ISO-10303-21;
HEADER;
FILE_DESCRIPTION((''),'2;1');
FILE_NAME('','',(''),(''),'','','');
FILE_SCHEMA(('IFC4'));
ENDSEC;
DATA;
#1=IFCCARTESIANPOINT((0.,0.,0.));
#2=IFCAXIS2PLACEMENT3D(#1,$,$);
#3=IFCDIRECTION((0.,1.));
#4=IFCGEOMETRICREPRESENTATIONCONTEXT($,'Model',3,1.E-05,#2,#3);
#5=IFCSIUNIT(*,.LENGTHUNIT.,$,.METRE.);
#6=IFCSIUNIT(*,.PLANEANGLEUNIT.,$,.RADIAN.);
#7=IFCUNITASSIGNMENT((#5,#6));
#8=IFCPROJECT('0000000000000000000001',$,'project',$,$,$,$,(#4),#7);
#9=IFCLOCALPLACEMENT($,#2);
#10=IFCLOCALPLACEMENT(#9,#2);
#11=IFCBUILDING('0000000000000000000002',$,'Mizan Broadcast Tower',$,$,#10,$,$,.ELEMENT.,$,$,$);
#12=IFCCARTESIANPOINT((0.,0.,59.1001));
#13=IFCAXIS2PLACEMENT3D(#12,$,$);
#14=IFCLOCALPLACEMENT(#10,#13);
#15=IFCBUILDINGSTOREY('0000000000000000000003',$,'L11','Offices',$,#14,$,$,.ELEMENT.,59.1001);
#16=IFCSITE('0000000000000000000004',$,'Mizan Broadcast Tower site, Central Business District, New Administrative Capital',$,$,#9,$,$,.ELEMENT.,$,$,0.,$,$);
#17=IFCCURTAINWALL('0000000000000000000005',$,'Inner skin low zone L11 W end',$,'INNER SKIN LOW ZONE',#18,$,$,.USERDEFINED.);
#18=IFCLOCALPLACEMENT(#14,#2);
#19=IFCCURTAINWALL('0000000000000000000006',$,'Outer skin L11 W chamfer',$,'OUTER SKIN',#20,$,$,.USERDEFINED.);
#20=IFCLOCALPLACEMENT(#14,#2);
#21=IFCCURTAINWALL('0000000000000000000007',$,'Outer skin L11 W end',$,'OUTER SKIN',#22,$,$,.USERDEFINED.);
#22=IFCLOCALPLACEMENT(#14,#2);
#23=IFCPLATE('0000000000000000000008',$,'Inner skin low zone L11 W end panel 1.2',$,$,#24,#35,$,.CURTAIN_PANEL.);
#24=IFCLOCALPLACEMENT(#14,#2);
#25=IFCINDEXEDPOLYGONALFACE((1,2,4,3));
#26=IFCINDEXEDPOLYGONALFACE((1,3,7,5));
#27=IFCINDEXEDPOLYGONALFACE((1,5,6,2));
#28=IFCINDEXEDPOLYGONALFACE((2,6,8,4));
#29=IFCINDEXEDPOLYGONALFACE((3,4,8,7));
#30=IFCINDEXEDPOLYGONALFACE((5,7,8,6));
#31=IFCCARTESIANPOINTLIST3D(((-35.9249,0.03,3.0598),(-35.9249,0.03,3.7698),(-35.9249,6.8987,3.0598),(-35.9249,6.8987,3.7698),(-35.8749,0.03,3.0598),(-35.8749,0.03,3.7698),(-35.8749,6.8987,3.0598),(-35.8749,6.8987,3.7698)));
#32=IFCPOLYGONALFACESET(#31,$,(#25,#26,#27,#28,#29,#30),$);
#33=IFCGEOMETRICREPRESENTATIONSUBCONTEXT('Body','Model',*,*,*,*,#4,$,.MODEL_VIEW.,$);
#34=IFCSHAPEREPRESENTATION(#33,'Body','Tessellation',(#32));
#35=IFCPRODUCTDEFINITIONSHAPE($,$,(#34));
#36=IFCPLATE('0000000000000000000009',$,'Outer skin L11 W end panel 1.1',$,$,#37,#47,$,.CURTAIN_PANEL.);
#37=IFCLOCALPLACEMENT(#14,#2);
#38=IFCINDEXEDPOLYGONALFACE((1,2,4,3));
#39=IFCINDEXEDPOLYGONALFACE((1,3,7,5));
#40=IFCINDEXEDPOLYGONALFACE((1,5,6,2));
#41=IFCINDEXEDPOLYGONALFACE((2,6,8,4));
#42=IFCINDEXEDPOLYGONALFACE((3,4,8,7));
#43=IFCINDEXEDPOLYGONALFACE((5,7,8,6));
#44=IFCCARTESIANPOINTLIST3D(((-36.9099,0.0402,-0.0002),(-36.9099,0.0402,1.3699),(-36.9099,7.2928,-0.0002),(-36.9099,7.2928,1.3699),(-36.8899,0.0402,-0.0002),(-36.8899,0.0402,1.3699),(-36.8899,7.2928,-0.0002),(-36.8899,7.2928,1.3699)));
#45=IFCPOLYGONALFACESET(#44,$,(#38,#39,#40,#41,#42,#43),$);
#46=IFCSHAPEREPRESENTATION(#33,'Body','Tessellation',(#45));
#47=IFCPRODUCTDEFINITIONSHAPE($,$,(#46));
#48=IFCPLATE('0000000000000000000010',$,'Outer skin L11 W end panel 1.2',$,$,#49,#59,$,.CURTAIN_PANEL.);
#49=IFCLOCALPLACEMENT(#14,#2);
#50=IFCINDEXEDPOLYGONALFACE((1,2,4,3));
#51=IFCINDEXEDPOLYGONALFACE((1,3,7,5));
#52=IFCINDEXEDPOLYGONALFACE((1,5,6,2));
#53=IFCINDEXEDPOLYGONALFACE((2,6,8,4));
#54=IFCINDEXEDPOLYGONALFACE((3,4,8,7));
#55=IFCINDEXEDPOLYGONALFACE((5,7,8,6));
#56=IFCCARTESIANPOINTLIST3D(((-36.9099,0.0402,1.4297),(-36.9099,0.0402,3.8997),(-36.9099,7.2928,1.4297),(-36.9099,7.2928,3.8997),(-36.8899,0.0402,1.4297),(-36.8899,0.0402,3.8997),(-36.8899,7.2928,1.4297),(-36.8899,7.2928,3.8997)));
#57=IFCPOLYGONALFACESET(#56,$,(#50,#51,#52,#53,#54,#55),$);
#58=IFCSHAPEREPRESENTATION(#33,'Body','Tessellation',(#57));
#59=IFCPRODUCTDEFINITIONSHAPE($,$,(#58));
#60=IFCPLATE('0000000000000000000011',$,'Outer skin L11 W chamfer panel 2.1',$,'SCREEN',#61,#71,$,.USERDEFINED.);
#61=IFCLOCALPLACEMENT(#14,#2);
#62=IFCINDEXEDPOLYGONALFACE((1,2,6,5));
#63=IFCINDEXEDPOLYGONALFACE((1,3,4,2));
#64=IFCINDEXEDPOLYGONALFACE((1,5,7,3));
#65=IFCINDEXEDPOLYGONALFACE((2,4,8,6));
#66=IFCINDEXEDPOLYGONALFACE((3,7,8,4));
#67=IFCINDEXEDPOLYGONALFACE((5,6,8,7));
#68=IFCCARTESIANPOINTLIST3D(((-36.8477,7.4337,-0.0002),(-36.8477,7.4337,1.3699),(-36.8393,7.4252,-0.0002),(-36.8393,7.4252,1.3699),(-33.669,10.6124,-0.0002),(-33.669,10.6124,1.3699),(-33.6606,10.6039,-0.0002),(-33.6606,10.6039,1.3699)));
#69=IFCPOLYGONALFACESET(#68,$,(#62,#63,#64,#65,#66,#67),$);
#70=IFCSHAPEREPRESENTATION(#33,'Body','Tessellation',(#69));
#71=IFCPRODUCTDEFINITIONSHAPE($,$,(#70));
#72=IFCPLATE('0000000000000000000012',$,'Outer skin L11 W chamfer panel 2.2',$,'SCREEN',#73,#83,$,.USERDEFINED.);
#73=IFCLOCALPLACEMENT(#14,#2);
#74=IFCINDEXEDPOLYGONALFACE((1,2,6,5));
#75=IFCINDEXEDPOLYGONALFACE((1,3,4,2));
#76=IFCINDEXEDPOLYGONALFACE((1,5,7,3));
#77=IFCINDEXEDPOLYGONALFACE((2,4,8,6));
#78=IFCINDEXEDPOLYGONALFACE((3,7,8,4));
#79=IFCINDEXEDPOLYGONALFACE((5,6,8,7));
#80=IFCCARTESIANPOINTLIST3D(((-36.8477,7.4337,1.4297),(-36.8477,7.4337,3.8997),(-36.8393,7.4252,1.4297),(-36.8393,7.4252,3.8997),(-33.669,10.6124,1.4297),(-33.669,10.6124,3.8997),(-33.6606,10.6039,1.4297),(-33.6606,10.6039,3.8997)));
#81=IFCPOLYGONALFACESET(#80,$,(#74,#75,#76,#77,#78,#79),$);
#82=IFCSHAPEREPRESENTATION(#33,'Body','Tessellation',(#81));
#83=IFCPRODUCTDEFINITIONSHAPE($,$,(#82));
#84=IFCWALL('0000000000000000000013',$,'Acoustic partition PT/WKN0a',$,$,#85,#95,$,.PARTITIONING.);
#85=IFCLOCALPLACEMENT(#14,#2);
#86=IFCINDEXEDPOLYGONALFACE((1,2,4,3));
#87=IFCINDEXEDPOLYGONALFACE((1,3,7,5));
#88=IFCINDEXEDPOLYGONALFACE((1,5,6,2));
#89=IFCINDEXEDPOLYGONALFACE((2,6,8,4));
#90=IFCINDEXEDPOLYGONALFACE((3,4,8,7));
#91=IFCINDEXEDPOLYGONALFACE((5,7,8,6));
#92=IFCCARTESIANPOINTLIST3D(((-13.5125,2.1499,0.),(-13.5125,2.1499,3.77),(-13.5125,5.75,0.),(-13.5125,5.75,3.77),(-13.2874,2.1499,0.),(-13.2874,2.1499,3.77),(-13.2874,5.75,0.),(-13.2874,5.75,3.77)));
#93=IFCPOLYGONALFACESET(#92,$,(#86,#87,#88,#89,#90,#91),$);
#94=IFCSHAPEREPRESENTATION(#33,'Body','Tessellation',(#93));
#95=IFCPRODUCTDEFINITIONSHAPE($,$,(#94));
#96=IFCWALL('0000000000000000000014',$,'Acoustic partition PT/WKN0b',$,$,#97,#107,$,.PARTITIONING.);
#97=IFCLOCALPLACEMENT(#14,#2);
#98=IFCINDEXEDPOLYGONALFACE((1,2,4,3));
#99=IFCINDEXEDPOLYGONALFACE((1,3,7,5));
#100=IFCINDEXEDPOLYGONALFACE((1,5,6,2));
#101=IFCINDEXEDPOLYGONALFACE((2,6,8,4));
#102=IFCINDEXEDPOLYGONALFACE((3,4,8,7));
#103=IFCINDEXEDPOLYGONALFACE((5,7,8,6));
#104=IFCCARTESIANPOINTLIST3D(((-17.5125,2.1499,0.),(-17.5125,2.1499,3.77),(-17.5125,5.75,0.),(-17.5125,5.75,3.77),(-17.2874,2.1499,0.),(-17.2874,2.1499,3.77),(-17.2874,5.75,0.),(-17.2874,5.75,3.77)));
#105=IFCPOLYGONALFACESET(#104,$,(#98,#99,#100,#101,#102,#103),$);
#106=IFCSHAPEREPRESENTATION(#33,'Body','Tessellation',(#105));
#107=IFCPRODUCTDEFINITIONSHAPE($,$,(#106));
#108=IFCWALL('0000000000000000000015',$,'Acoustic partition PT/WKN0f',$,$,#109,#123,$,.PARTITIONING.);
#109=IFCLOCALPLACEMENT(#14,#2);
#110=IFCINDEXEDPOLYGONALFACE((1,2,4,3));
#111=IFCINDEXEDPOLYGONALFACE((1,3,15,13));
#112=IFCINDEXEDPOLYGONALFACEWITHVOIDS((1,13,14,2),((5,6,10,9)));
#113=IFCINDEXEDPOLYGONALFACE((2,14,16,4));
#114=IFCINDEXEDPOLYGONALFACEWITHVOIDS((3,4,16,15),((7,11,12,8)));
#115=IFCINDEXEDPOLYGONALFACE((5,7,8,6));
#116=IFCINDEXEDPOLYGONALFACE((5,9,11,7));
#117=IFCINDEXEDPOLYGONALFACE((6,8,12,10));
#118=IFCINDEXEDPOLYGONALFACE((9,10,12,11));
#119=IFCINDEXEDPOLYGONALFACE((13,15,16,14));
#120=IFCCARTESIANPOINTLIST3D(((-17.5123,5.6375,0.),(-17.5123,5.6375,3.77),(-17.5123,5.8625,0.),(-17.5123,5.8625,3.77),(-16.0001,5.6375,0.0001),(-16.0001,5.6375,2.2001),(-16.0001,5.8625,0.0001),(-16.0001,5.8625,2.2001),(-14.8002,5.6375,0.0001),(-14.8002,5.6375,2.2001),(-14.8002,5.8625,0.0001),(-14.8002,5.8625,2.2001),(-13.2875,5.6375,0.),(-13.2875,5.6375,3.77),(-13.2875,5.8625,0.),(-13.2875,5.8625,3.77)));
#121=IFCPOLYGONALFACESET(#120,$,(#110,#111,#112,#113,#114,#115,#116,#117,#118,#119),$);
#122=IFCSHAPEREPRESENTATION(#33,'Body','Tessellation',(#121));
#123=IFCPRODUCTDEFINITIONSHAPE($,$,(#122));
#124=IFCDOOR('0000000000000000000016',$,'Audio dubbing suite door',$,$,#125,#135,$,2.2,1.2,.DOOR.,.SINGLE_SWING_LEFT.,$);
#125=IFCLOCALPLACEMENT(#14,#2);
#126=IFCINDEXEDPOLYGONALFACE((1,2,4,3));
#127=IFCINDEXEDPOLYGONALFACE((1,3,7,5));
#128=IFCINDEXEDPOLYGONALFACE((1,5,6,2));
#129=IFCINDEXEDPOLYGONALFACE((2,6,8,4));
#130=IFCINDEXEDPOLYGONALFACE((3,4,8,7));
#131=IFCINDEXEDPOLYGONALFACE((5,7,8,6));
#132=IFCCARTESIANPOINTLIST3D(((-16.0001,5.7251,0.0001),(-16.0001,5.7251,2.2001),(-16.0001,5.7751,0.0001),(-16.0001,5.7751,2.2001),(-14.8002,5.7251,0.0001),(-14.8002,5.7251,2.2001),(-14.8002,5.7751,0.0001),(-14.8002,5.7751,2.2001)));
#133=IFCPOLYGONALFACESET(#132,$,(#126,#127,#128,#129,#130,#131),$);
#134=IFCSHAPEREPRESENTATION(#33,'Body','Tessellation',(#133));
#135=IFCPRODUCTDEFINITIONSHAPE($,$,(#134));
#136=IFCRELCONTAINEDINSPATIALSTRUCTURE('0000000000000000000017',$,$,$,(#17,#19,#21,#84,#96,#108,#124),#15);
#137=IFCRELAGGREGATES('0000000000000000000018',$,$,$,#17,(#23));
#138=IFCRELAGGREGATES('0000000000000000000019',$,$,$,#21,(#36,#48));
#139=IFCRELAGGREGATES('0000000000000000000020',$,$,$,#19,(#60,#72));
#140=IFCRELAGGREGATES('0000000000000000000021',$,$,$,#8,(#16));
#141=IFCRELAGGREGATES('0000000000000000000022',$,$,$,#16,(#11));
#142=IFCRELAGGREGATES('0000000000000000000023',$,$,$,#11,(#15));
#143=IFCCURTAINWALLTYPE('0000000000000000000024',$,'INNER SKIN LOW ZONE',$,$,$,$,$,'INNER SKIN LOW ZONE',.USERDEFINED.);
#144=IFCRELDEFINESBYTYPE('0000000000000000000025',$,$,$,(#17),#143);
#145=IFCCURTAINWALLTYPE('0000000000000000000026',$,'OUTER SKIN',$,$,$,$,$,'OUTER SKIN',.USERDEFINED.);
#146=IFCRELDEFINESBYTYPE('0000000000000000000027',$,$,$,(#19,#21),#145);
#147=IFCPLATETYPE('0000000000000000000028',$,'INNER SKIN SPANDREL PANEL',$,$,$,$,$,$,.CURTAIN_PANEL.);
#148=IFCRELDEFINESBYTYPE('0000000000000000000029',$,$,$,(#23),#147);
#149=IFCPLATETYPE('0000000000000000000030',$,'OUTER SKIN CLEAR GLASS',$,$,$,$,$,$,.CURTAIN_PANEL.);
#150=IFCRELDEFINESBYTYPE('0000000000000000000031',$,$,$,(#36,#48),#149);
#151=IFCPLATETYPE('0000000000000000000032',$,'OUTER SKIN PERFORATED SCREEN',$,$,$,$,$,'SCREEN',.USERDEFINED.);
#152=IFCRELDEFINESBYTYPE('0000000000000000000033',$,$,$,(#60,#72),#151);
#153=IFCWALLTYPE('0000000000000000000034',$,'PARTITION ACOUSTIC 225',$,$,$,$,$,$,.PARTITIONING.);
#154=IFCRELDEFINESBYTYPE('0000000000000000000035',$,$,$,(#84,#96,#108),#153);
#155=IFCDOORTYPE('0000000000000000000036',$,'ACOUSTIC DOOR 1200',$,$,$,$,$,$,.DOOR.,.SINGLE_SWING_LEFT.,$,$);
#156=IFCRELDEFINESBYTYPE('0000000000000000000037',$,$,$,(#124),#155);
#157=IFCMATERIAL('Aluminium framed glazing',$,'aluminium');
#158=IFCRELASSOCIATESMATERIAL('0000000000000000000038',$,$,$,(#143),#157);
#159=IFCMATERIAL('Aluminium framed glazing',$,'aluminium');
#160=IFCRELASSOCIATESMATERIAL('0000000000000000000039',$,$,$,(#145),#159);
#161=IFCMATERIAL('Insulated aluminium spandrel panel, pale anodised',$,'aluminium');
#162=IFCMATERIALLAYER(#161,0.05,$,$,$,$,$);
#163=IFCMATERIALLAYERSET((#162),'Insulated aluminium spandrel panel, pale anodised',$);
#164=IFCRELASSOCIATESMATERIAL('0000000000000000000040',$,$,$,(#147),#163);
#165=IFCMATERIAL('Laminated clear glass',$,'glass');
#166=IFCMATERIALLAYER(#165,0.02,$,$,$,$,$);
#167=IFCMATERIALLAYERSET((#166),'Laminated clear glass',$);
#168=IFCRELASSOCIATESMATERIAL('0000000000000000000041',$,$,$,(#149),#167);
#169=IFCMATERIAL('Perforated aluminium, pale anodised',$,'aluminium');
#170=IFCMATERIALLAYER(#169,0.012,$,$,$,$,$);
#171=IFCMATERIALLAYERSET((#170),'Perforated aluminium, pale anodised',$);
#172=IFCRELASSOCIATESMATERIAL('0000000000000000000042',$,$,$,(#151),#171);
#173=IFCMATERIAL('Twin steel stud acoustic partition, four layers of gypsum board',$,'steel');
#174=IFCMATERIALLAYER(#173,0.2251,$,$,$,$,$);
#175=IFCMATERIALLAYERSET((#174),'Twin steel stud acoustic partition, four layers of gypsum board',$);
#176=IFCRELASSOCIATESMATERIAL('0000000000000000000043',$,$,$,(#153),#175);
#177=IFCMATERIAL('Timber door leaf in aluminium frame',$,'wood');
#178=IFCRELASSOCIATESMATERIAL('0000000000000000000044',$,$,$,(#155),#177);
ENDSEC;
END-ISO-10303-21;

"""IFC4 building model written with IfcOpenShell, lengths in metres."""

from ifc_helpers import new_model, si_unit, direction, frame, frame_2d, origin, origin_2d, place, context, subcontext, project, spatial, rectangle, extrude, material, layer, layer_set, type_object, element, fill, aggregate, save


model = new_model("IFC4")

# Units and contexts
model_context = context("Model", 3, precision=1e-05, world=origin(), true_north=direction((0.0, 1.0)))
body_context = subcontext(model_context, "Body", "Model", "MODEL_VIEW")
ifc_project = project(units=[si_unit("LENGTHUNIT", "METRE"), si_unit("PLANEANGLEUNIT", "RADIAN")], contexts=[model_context])

# Site, building, storey
site_placement = place(None, origin())
site = spatial("IfcSite", under=ifc_project, at=site_placement, Name="Mizan Broadcast Tower site, Central Business District, New Administrative Capital", CompositionType="ELEMENT", RefElevation=0.0)
building_placement = place(site_placement, origin())
building = spatial("IfcBuilding", under=site, at=building_placement, Name="Mizan Broadcast Tower", CompositionType="ELEMENT")
storey_placement = place(building_placement, frame((0.0, 0.0, 59.1001)))
storey = spatial("IfcBuildingStorey", under=building, at=storey_placement, Name="L11", Description="Offices", CompositionType="ELEMENT", Elevation=59.1001)

# Curtain wall
ifc_material_1 = material(Name="Aluminium framed glazing", Category="aluminium")
curtain_wall_type_1 = type_object("IfcCurtainWallType", Name="INNER SKIN LOW ZONE", ElementType="INNER SKIN LOW ZONE", PredefinedType="USERDEFINED", material=ifc_material_1)
curtain_wall_1_placement = place(storey_placement, origin())
curtain_wall_1 = element("IfcCurtainWall", 1, at=curtain_wall_1_placement, inside=storey, type_object=curtain_wall_type_1, Name="Inner skin low zone L11 W end", ObjectType="INNER SKIN LOW ZONE", PredefinedType="USERDEFINED")

# Curtain wall
ifc_material_2 = material(Name="Aluminium framed glazing", Category="aluminium")
curtain_wall_type_2 = type_object("IfcCurtainWallType", Name="OUTER SKIN", ElementType="OUTER SKIN", PredefinedType="USERDEFINED", material=ifc_material_2)
curtain_wall_2_placement = place(storey_placement, origin())
curtain_wall_2 = element("IfcCurtainWall", 2, at=curtain_wall_2_placement, inside=storey, type_object=curtain_wall_type_2, Name="Outer skin L11 W chamfer", ObjectType="OUTER SKIN", PredefinedType="USERDEFINED")

# Curtain wall
curtain_wall_3_placement = place(storey_placement, origin())
curtain_wall_3 = element("IfcCurtainWall", 3, at=curtain_wall_3_placement, inside=storey, type_object=curtain_wall_type_2, Name="Outer skin L11 W end", ObjectType="OUTER SKIN", PredefinedType="USERDEFINED")

# Plates
ifc_material_3 = material(Name="Insulated aluminium spandrel panel, pale anodised", Category="aluminium")
ifc_layer_1 = layer(ifc_material_3, 0.05)
ifc_layer_set_1 = layer_set([ifc_layer_1], Name="Insulated aluminium spandrel panel, pale anodised")
plate_type_1 = type_object("IfcPlateType", Name="INNER SKIN SPANDREL PANEL", PredefinedType="CURTAIN_PANEL", material=ifc_layer_set_1)
plate_1_placement = place(storey_placement, frame((-35.8999, 3.4644, 3.0598), z_axis=(0.0, 0.0, 1.0), x_axis=(0.0, -1.0, 0.0)))
plate_1 = element("IfcPlate", 4, at=plate_1_placement, type_object=plate_type_1, Name="Inner skin low zone L11 W end panel 1.2", PredefinedType="CURTAIN_PANEL", context=body_context, shape_type="SweptSolid", body=[
    extrude(rectangle(XDim=6.8687, YDim=0.05, at=origin_2d()), origin(), (0.0, 0.0, 1.0), 0.71),
])
aggregate(curtain_wall_1, [plate_1])
ifc_material_4 = material(Name="Laminated clear glass", Category="glass")
ifc_layer_2 = layer(ifc_material_4, 0.02)
ifc_layer_set_2 = layer_set([ifc_layer_2], Name="Laminated clear glass")
plate_type_2 = type_object("IfcPlateType", Name="OUTER SKIN CLEAR GLASS", PredefinedType="CURTAIN_PANEL", material=ifc_layer_set_2)
plate_2_placement = place(storey_placement, frame((-36.8999, 3.6665, -0.0002), z_axis=(0.0, 0.0, 1.0), x_axis=(0.0, -1.0, 0.0)))
plate_2 = element("IfcPlate", 5, at=plate_2_placement, type_object=plate_type_2, Name="Outer skin L11 W end panel 1.1", PredefinedType="CURTAIN_PANEL", context=body_context, shape_type="SweptSolid", body=[
    extrude(rectangle(XDim=7.2527, YDim=0.02, at=origin_2d()), origin(), (0.0, 0.0, 1.0), 1.3701),
])
plate_3_placement = place(storey_placement, frame((-36.8999, 3.6665, 1.4297), z_axis=(0.0, 0.0, 1.0), x_axis=(0.0, -1.0, 0.0)))
plate_3 = element("IfcPlate", 6, at=plate_3_placement, type_object=plate_type_2, Name="Outer skin L11 W end panel 1.2", PredefinedType="CURTAIN_PANEL", context=body_context, shape_type="SweptSolid", body=[
    extrude(rectangle(XDim=7.2527, YDim=0.02, at=origin_2d()), origin(), (0.0, 0.0, 1.0), 2.47),
])
aggregate(curtain_wall_3, [plate_2, plate_3])
ifc_material_5 = material(Name="Perforated aluminium, pale anodised", Category="aluminium")
ifc_layer_3 = layer(ifc_material_5, 0.012)
ifc_layer_set_3 = layer_set([ifc_layer_3], Name="Perforated aluminium, pale anodised")
plate_type_3 = type_object("IfcPlateType", Name="OUTER SKIN PERFORATED SCREEN", ElementType="SCREEN", PredefinedType="USERDEFINED", material=ifc_layer_set_3)
plate_4_placement = place(storey_placement, frame((-35.2542, 9.0188, -0.0002), z_axis=(0.0, 0.0, 1.0), x_axis=(-0.707107, -0.707107, 0.0)))
plate_4 = element("IfcPlate", 7, at=plate_4_placement, type_object=plate_type_3, Name="Outer skin L11 W chamfer panel 2.1", ObjectType="SCREEN", PredefinedType="USERDEFINED", context=body_context, shape_type="SweptSolid", body=[
    extrude(rectangle(XDim=4.4954, YDim=0.012, at=origin_2d()), origin(), (0.0, 0.0, 1.0), 1.3701),
])
plate_5_placement = place(storey_placement, frame((-35.2542, 9.0188, 1.4297), z_axis=(0.0, 0.0, 1.0), x_axis=(-0.707107, -0.707107, 0.0)))
plate_5 = element("IfcPlate", 8, at=plate_5_placement, type_object=plate_type_3, Name="Outer skin L11 W chamfer panel 2.2", ObjectType="SCREEN", PredefinedType="USERDEFINED", context=body_context, shape_type="SweptSolid", body=[
    extrude(rectangle(XDim=4.4954, YDim=0.012, at=origin_2d()), origin(), (0.0, 0.0, 1.0), 2.47),
])
aggregate(curtain_wall_2, [plate_4, plate_5])

# Walls
ifc_material_6 = material(Name="Twin steel stud acoustic partition, four layers of gypsum board", Category="steel")
ifc_layer_4 = layer(ifc_material_6, 0.2251)
ifc_layer_set_4 = layer_set([ifc_layer_4], Name="Twin steel stud acoustic partition, four layers of gypsum board")
wall_type = type_object("IfcWallType", Name="PARTITION ACOUSTIC 225", PredefinedType="PARTITIONING", material=ifc_layer_set_4)
for number, where, z_axis, x_axis, name in (
    (9, (-13.3999, 2.1499, 0.0), (0.0, 0.0, 1.0), (0.0, 1.0, 0.0), "Acoustic partition PT/WKN0a"),
    (10, (-17.3999, 2.1499, 0.0), (0.0, 0.0, 1.0), (0.0, 1.0, 0.0), "Acoustic partition PT/WKN0b"),
):
    element("IfcWall", number, at=place(storey_placement, frame(where, z_axis=z_axis, x_axis=x_axis)), inside=storey, type_object=wall_type, Name=name, PredefinedType="PARTITIONING", context=body_context, shape_type="SweptSolid", body=[
        extrude(rectangle(XDim=3.6001, YDim=0.2251, at=frame_2d((1.8, 0.0))), origin(), (0.0, 0.0, 1.0), 3.77),
    ])

# Wall, opening, door
wall_placement = place(storey_placement, frame((-13.2876, 5.75, 0.0), z_axis=(0.0, 0.0, 1.0), x_axis=(-1.0, 0.0, 0.0)))
wall = element("IfcWall", 11, at=wall_placement, inside=storey, type_object=wall_type, Name="Acoustic partition PT/WKN0f", PredefinedType="PARTITIONING", context=body_context, shape_type="SweptSolid", body=[
    extrude(rectangle(XDim=4.2249, YDim=0.2251, at=frame_2d((2.1123, 0.0))), origin(), (0.0, 0.0, 1.0), 3.77),
])
opening_placement = place(wall_placement, frame((1.5125, 0.0, 0.0)))
opening = element("IfcOpeningElement", 12, at=opening_placement, cuts=wall, PredefinedType="OPENING", context=body_context, shape_type="SweptSolid", body=[
    extrude(rectangle(XDim=1.2, YDim=2.2, at=frame_2d((0.6001, 1.1001))), frame((0.0, 0.1226, 0.0), z_axis=(0.0, -1.0, 0.0), x_axis=(1.0, 0.0, 0.0)), (0.0, 0.0, 1.0), 0.2451),
])
ifc_material_7 = material(Name="Timber door leaf in aluminium frame", Category="wood")
door_type = type_object("IfcDoorType", Name="ACOUSTIC DOOR 1200", OperationType="SINGLE_SWING_LEFT", PredefinedType="DOOR", material=ifc_material_7)
door_placement = place(opening_placement, origin())
door = element("IfcDoor", 13, at=door_placement, inside=storey, type_object=door_type, Name="Audio dubbing suite door", OperationType="SINGLE_SWING_LEFT", OverallHeight=2.2, OverallWidth=1.2, PredefinedType="DOOR", context=body_context, shape_type="SweptSolid", body=[
    extrude(rectangle(XDim=1.2, YDim=2.2, at=frame_2d((0.6001, 1.1001))), frame((0.0, 0.0249, 0.0), z_axis=(0.0, -1.0, 0.0), x_axis=(1.0, 0.0, 0.0)), (0.0, 0.0, 1.0), 0.05),
])
fill(opening, door)

save(model, "model.ifc")
